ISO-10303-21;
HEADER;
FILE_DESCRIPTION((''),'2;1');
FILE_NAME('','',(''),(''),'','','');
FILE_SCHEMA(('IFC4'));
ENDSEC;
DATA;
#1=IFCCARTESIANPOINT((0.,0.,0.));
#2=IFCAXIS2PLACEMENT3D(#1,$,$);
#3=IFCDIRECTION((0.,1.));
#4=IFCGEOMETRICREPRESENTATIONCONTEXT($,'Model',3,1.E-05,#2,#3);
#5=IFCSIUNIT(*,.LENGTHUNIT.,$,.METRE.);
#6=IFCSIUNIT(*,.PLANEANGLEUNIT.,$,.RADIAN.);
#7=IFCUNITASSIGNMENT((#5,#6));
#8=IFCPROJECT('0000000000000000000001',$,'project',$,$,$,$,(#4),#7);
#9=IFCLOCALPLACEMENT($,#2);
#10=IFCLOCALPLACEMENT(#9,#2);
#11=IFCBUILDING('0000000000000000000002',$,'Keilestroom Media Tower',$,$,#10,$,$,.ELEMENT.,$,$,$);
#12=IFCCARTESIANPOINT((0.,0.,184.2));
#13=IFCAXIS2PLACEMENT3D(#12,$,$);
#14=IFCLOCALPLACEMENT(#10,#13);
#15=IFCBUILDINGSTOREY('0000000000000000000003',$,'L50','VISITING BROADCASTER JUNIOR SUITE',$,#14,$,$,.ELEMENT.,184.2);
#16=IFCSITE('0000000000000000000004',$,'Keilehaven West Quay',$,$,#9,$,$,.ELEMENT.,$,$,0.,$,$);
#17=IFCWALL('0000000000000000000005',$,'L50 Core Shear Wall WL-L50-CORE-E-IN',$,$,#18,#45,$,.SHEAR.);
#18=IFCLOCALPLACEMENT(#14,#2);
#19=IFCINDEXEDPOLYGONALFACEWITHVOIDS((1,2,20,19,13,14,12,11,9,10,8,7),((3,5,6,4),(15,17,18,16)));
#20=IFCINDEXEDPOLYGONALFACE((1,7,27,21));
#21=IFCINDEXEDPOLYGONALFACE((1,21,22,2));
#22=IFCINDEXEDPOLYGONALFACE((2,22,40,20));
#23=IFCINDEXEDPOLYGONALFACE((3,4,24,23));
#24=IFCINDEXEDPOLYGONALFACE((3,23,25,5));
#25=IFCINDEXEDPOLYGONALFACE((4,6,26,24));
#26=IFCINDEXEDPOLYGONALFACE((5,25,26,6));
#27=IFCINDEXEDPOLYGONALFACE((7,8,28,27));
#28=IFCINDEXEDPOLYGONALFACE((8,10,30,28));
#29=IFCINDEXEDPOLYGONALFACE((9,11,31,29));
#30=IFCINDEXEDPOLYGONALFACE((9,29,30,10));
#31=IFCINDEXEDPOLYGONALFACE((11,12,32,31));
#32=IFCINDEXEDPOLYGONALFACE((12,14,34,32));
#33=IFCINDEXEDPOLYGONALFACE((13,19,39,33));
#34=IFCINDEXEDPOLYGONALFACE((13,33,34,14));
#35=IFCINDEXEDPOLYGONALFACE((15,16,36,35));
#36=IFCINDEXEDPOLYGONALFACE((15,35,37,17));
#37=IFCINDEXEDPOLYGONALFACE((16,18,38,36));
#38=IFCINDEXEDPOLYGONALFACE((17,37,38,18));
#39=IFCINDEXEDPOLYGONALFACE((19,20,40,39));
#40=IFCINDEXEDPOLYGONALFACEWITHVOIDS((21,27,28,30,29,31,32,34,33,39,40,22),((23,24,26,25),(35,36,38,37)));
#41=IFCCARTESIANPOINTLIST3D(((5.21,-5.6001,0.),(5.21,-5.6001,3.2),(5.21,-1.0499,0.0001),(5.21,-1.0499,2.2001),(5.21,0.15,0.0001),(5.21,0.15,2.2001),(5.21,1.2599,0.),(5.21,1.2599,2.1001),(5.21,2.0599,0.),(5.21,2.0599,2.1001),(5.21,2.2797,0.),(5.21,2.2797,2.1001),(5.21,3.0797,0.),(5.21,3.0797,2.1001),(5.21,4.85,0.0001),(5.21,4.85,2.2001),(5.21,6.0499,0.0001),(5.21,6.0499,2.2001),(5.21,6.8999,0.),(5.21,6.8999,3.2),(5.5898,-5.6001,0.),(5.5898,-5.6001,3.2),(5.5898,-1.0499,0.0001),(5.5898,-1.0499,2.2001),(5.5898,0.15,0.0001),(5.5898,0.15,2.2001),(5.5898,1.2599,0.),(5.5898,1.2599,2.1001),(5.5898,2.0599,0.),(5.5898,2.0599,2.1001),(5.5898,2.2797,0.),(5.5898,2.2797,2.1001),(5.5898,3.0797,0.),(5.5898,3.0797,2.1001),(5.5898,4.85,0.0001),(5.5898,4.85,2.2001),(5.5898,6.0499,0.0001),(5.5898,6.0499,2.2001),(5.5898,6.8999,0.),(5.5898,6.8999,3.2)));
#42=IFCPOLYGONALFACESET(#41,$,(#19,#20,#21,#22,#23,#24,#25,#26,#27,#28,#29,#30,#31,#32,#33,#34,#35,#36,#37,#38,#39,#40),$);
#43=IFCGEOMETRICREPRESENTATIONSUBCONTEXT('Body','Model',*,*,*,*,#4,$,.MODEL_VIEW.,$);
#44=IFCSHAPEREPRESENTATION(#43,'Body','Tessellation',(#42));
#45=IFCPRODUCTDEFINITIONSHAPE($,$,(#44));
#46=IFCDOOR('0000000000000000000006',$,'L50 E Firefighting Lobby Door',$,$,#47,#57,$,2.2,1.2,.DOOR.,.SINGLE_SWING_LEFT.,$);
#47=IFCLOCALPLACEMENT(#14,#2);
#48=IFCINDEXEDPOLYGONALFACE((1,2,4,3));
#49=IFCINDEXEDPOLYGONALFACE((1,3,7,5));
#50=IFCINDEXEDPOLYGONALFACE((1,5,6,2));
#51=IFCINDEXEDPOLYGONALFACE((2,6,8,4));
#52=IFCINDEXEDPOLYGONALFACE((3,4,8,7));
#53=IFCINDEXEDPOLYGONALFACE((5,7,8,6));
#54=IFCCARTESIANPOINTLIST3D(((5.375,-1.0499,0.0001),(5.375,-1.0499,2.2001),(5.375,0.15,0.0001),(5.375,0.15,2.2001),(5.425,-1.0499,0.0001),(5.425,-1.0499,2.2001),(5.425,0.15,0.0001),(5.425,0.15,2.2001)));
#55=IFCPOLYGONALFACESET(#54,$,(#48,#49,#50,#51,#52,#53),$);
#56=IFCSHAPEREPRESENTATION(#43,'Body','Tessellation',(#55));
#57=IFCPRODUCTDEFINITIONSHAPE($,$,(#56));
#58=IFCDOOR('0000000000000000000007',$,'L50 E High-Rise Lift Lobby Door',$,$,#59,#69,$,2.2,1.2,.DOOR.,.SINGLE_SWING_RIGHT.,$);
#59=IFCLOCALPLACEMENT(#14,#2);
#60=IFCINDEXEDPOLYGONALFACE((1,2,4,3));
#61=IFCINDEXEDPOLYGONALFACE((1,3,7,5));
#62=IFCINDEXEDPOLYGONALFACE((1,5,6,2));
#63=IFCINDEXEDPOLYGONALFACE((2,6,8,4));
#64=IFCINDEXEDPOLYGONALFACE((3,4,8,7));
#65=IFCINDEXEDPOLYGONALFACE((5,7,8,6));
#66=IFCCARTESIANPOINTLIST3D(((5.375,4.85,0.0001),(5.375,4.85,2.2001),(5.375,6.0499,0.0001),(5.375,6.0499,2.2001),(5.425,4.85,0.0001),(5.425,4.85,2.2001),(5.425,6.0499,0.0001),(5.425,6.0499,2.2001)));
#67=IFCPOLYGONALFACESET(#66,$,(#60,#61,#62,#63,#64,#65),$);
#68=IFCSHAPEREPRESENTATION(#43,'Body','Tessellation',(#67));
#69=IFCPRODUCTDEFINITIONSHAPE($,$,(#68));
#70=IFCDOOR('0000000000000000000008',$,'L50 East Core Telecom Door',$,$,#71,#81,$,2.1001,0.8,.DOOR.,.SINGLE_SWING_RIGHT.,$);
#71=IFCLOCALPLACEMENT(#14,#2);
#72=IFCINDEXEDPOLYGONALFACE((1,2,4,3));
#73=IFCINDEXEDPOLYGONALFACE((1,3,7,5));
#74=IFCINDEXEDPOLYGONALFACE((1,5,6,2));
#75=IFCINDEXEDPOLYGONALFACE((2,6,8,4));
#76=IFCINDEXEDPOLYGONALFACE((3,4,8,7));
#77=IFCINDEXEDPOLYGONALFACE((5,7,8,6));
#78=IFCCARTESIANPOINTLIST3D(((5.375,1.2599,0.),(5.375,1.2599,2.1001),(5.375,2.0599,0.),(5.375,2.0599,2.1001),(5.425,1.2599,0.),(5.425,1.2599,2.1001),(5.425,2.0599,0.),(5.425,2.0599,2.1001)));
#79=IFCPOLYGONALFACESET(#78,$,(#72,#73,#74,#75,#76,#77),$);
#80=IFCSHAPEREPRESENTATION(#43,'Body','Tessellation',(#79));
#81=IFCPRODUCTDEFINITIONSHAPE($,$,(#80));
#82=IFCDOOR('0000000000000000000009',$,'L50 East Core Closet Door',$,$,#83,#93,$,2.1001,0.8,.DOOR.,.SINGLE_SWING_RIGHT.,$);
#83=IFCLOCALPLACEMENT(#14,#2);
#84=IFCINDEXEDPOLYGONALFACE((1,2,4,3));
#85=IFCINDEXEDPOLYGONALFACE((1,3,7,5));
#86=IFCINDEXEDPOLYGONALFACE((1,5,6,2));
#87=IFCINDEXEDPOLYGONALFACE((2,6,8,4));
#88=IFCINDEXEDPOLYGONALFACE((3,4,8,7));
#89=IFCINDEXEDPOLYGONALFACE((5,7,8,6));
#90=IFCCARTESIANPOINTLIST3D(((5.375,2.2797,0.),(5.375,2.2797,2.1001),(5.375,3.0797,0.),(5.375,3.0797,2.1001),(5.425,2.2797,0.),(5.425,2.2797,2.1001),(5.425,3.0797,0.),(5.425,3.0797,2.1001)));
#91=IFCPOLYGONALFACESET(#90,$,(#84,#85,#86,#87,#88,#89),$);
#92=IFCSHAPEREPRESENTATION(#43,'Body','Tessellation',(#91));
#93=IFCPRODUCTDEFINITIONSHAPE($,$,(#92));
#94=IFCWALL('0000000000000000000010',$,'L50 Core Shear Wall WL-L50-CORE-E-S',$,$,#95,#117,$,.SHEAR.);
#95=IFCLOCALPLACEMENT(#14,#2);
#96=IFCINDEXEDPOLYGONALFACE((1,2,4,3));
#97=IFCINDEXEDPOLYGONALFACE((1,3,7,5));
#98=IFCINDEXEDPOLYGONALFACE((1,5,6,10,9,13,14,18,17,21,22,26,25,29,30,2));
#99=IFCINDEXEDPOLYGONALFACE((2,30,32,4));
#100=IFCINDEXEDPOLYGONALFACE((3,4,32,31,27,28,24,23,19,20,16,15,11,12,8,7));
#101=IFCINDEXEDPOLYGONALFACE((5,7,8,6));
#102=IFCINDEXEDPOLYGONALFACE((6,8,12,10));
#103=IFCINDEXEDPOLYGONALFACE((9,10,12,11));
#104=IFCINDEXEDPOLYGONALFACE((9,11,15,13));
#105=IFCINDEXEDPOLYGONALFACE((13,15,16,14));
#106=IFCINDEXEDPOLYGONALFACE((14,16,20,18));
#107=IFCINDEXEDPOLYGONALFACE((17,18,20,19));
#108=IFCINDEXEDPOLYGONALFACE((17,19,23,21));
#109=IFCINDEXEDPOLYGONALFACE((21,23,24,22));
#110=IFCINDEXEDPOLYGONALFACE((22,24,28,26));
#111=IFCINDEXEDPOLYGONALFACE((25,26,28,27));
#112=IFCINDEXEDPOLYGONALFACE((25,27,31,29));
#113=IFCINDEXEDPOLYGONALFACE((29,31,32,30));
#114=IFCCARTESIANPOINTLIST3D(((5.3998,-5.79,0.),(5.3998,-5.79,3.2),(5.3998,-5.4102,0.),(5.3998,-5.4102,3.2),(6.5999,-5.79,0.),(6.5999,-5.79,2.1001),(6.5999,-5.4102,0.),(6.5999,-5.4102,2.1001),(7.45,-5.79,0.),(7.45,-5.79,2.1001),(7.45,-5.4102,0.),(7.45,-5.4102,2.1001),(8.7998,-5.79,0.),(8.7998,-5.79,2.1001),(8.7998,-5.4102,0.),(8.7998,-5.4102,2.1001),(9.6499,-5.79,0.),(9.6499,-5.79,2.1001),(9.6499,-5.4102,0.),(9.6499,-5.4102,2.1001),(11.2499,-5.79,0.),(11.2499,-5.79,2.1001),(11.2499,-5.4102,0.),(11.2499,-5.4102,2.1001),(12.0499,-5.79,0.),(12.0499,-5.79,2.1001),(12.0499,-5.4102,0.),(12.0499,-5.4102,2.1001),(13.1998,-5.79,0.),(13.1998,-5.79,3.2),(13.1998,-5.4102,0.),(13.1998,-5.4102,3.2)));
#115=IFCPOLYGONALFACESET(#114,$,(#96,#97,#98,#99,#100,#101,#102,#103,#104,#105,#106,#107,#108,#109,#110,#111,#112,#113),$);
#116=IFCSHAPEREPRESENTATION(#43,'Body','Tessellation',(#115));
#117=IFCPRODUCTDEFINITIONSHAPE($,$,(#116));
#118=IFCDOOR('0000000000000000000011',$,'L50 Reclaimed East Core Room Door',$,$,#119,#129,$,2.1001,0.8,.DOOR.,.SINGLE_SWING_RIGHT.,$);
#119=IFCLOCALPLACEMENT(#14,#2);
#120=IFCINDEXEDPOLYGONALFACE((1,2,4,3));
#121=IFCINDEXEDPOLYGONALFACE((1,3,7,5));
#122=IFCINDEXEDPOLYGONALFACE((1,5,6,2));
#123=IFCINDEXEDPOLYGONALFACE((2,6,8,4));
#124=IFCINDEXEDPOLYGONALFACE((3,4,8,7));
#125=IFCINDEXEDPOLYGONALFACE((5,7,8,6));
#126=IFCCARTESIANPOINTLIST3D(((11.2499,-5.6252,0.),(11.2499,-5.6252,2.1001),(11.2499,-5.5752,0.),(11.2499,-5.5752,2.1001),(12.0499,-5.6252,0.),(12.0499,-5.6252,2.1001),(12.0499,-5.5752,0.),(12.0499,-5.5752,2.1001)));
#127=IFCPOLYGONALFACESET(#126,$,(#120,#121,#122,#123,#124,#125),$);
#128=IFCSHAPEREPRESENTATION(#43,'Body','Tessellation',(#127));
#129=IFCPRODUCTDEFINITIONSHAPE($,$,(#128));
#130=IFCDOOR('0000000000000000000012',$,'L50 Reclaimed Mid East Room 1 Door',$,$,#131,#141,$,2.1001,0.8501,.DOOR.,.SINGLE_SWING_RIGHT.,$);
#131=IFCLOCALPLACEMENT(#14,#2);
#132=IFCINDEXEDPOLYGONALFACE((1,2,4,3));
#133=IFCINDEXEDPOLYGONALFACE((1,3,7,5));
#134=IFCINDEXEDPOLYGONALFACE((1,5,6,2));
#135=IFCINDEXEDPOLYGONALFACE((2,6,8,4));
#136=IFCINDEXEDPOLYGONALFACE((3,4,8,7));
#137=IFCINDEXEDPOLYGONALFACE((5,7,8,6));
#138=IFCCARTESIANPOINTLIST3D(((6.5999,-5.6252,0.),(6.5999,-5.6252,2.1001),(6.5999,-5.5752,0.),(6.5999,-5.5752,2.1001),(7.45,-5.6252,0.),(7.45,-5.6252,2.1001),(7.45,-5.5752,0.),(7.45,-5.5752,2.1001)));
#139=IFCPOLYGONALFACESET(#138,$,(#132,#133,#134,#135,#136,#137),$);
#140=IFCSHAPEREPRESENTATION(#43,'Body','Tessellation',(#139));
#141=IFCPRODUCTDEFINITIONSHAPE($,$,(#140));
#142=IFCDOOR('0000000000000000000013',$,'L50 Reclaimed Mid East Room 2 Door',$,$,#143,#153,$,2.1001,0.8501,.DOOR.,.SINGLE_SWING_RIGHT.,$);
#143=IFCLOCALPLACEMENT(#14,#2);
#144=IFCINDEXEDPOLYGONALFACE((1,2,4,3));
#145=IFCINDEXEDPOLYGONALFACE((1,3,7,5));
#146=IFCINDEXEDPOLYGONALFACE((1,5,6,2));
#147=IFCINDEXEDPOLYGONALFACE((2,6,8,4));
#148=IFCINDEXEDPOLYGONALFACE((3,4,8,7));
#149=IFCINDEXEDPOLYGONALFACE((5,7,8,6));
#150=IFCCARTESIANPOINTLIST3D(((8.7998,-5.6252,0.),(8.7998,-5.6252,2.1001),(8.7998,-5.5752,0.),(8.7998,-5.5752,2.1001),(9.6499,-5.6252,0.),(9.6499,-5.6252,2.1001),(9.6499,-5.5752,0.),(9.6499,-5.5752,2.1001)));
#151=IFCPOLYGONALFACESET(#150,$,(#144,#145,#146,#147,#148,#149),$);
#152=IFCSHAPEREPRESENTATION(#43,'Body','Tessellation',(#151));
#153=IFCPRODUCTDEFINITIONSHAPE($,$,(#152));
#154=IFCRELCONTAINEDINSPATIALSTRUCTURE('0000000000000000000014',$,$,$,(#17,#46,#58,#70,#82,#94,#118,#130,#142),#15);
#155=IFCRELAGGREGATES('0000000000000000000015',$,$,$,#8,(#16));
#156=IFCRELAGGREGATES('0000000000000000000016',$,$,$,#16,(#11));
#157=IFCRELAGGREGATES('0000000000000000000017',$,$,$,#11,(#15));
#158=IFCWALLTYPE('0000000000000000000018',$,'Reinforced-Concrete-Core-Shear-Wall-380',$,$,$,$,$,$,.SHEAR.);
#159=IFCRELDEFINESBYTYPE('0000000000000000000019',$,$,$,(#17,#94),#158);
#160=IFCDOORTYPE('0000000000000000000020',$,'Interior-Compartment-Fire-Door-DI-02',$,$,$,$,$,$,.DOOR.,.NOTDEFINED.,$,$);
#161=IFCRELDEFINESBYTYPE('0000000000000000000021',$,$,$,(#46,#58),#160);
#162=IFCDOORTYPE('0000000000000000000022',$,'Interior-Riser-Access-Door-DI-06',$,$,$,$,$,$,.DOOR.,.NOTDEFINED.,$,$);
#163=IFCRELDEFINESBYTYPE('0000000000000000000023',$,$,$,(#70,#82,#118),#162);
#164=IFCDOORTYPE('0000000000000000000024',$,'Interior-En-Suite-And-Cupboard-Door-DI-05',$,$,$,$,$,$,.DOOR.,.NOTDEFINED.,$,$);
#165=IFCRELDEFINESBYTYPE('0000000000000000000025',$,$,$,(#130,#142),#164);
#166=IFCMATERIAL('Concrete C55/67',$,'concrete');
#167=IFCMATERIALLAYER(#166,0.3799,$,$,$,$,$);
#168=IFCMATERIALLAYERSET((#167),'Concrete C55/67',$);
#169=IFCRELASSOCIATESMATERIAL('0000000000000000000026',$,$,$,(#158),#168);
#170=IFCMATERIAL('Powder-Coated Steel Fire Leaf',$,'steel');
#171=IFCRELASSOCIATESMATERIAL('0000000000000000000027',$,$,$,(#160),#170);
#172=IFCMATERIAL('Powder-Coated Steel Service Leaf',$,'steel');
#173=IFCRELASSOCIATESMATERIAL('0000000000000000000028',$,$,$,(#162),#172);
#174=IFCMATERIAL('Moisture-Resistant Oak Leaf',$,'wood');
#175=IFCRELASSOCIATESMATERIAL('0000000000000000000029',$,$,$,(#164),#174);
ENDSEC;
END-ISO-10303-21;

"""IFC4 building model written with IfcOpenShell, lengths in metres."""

from ifc_helpers import new_model, si_unit, direction, frame, frame_2d, origin, place, context, subcontext, project, spatial, rectangle, extrude, source, transform, mapped, material, layer, layer_set, type_object, element, fill, save


model = new_model("IFC4")

# Units and contexts
model_context = context("Model", 3, precision=1e-05, world=origin(), true_north=direction((0.0, 1.0)))
body_context = subcontext(model_context, "Body", "Model", "MODEL_VIEW")
ifc_project = project(units=[si_unit("LENGTHUNIT", "METRE"), si_unit("PLANEANGLEUNIT", "RADIAN")], contexts=[model_context])

# Site, building, storey
site_placement = place(None, origin())
site = spatial("IfcSite", under=ifc_project, at=site_placement, Name="Keilehaven West Quay", CompositionType="ELEMENT", RefElevation=0.0)
building_placement = place(site_placement, origin())
building = spatial("IfcBuilding", under=site, at=building_placement, Name="Keilestroom Media Tower", CompositionType="ELEMENT")
storey_placement = place(building_placement, frame((0.0, 0.0, 184.2)))
storey = spatial("IfcBuildingStorey", under=building, at=storey_placement, Name="L50", Description="VISITING BROADCASTER JUNIOR SUITE", CompositionType="ELEMENT", Elevation=184.2)

# Walls, openings, doors
ifc_material_1 = material(Name="Concrete C55/67", Category="concrete")
ifc_layer_1 = layer(ifc_material_1, 0.3799)
ifc_layer_set_1 = layer_set([ifc_layer_1], Name="Concrete C55/67")
wall_type_1 = type_object("IfcWallType", Name="Reinforced-Concrete-Core-Shear-Wall-380", PredefinedType="SHEAR", material=ifc_layer_set_1)
wall_1_placement = place(storey_placement, frame((5.3999, -5.6001, 0.0), z_axis=(0.0, 0.0, 1.0), x_axis=(0.0, 1.0, 0.0)))
wall_1 = element("IfcWall", 1, at=wall_1_placement, inside=storey, type_object=wall_type_1, Name="L50 Core Shear Wall WL-L50-CORE-E-IN", PredefinedType="SHEAR", context=body_context, shape_type="SweptSolid", body=[
    extrude(rectangle(XDim=12.5, YDim=0.3799, at=frame_2d((6.25, 0.0))), origin(), (0.0, 0.0, 1.0), 3.2),
])
opening_1_placement = place(wall_1_placement, frame((4.55, 0.0, 0.0)))
opening_1 = element("IfcOpeningElement", 2, at=opening_1_placement, cuts=wall_1, PredefinedType="OPENING", context=body_context, shape_type="SweptSolid", body=[
    extrude(rectangle(XDim=1.2, YDim=2.2, at=frame_2d((0.6001, 1.1001))), frame((0.0, 0.2, 0.0), z_axis=(0.0, -1.0, 0.0), x_axis=(1.0, 0.0, 0.0)), (0.0, 0.0, 1.0), 0.3999),
])
opening_2_placement = place(wall_1_placement, frame((10.45, 0.0, 0.0)))
opening_2 = element("IfcOpeningElement", 3, at=opening_2_placement, cuts=wall_1, PredefinedType="OPENING", context=body_context, shape_type="SweptSolid", body=[
    extrude(rectangle(XDim=1.2, YDim=2.2, at=frame_2d((0.6001, 1.1001))), frame((0.0, 0.2, 0.0), z_axis=(0.0, -1.0, 0.0), x_axis=(1.0, 0.0, 0.0)), (0.0, 0.0, 1.0), 0.3999),
])
opening_3_placement = place(wall_1_placement, frame((6.8601, 0.0, 0.0)))
opening_3 = element("IfcOpeningElement", 4, at=opening_3_placement, cuts=wall_1, PredefinedType="OPENING", context=body_context, shape_type="SweptSolid", body=[
    extrude(rectangle(XDim=0.8, YDim=2.1001, at=frame_2d((0.3999, 1.05))), frame((0.0, 0.2, 0.0), z_axis=(0.0, -1.0, 0.0), x_axis=(1.0, 0.0, 0.0)), (0.0, 0.0, 1.0), 0.3999),
])
opening_4_placement = place(wall_1_placement, frame((7.8799, 0.0, 0.0)))
opening_4 = element("IfcOpeningElement", 5, at=opening_4_placement, cuts=wall_1, PredefinedType="OPENING", context=body_context, shape_type="SweptSolid", body=[
    extrude(rectangle(XDim=0.8, YDim=2.1001, at=frame_2d((0.3999, 1.05))), frame((0.0, 0.2, 0.0), z_axis=(0.0, -1.0, 0.0), x_axis=(1.0, 0.0, 0.0)), (0.0, 0.0, 1.0), 0.3999),
])
ifc_material_2 = material(Name="Powder-Coated Steel Fire Leaf", Category="steel")
door_type_1 = type_object("IfcDoorType", Name="Interior-Compartment-Fire-Door-DI-02", OperationType="NOTDEFINED", PredefinedType="DOOR", material=ifc_material_2)
shared_shape_1 = source(origin(), body_context, "Body", "SweptSolid", [
    extrude(rectangle(XDim=1.2, YDim=2.2, at=frame_2d((0.6001, 1.1001))), frame((0.0, 0.0249, 0.0), z_axis=(0.0, -1.0, 0.0), x_axis=(1.0, 0.0, 0.0)), (0.0, 0.0, 1.0), 0.05),
])
door_1_placement = place(opening_1_placement, origin())
door_1 = element("IfcDoor", 6, at=door_1_placement, inside=storey, type_object=door_type_1, Name="L50 E Firefighting Lobby Door", OperationType="SINGLE_SWING_LEFT", OverallHeight=2.2, OverallWidth=1.2, PredefinedType="DOOR", context=body_context, shape_type="MappedRepresentation", body=[
    mapped(shared_shape_1, transform((0.0, 0.0, 0.0), x_axis=(1.0, 0.0, 0.0), y_axis=(0.0, 1.0, 0.0), z_axis=(0.0, 0.0, 1.0), scale=1.0)),
])
fill(opening_1, door_1)
door_2_placement = place(opening_2_placement, origin())
door_2 = element("IfcDoor", 7, at=door_2_placement, inside=storey, type_object=door_type_1, Name="L50 E High-Rise Lift Lobby Door", OperationType="SINGLE_SWING_RIGHT", OverallHeight=2.2, OverallWidth=1.2, PredefinedType="DOOR", context=body_context, shape_type="MappedRepresentation", body=[
    mapped(shared_shape_1, transform((0.0, 0.0, 0.0), x_axis=(1.0, 0.0, 0.0), y_axis=(0.0, 1.0, 0.0), z_axis=(0.0, 0.0, 1.0), scale=1.0)),
])
fill(opening_2, door_2)
ifc_material_3 = material(Name="Powder-Coated Steel Service Leaf", Category="steel")
door_type_2 = type_object("IfcDoorType", Name="Interior-Riser-Access-Door-DI-06", OperationType="NOTDEFINED", PredefinedType="DOOR", material=ifc_material_3)
shared_shape_2 = source(origin(), body_context, "Body", "SweptSolid", [
    extrude(rectangle(XDim=0.8, YDim=2.1001, at=frame_2d((0.3999, 1.05))), frame((0.0, 0.0249, 0.0), z_axis=(0.0, -1.0, 0.0), x_axis=(1.0, 0.0, 0.0)), (0.0, 0.0, 1.0), 0.05),
])
door_3_placement = place(opening_3_placement, origin())
door_3 = element("IfcDoor", 8, at=door_3_placement, inside=storey, type_object=door_type_2, Name="L50 East Core Telecom Door", OperationType="SINGLE_SWING_RIGHT", OverallHeight=2.1001, OverallWidth=0.8, PredefinedType="DOOR", context=body_context, shape_type="MappedRepresentation", body=[
    mapped(shared_shape_2, transform((0.0, 0.0, 0.0), x_axis=(1.0, 0.0, 0.0), y_axis=(0.0, 1.0, 0.0), z_axis=(0.0, 0.0, 1.0), scale=1.0)),
])
fill(opening_3, door_3)
door_4_placement = place(opening_4_placement, origin())
door_4 = element("IfcDoor", 9, at=door_4_placement, inside=storey, type_object=door_type_2, Name="L50 East Core Closet Door", OperationType="SINGLE_SWING_RIGHT", OverallHeight=2.1001, OverallWidth=0.8, PredefinedType="DOOR", context=body_context, shape_type="MappedRepresentation", body=[
    mapped(shared_shape_2, transform((0.0, 0.0, 0.0), x_axis=(1.0, 0.0, 0.0), y_axis=(0.0, 1.0, 0.0), z_axis=(0.0, 0.0, 1.0), scale=1.0)),
])
fill(opening_4, door_4)
wall_2_placement = place(storey_placement, frame((5.3999, -5.6001, 0.0), z_axis=(0.0, 0.0, 1.0), x_axis=(1.0, 0.0, 0.0)))
wall_2 = element("IfcWall", 10, at=wall_2_placement, inside=storey, type_object=wall_type_1, Name="L50 Core Shear Wall WL-L50-CORE-E-S", PredefinedType="SHEAR", context=body_context, shape_type="SweptSolid", body=[
    extrude(rectangle(XDim=7.8, YDim=0.3799, at=frame_2d((3.8999, 0.0))), origin(), (0.0, 0.0, 1.0), 3.2),
])
opening_5_placement = place(wall_2_placement, frame((5.8501, 0.0, 0.0)))
opening_5 = element("IfcOpeningElement", 11, at=opening_5_placement, cuts=wall_2, PredefinedType="OPENING", context=body_context, shape_type="SweptSolid", body=[
    extrude(rectangle(XDim=0.8, YDim=2.1001, at=frame_2d((0.3999, 1.05))), frame((0.0, 0.2, 0.0), z_axis=(0.0, -1.0, 0.0), x_axis=(1.0, 0.0, 0.0)), (0.0, 0.0, 1.0), 0.3999),
])
opening_6_placement = place(wall_2_placement, frame((1.2, 0.0, 0.0)))
opening_6 = element("IfcOpeningElement", 12, at=opening_6_placement, cuts=wall_2, PredefinedType="OPENING", context=body_context, shape_type="SweptSolid", body=[
    extrude(rectangle(XDim=0.8501, YDim=2.1001, at=frame_2d((0.425, 1.05))), frame((0.0, 0.2, 0.0), z_axis=(0.0, -1.0, 0.0), x_axis=(1.0, 0.0, 0.0)), (0.0, 0.0, 1.0), 0.3999),
])
opening_7_placement = place(wall_2_placement, frame((3.3999, 0.0, 0.0)))
opening_7 = element("IfcOpeningElement", 13, at=opening_7_placement, cuts=wall_2, PredefinedType="OPENING", context=body_context, shape_type="SweptSolid", body=[
    extrude(rectangle(XDim=0.8501, YDim=2.1001, at=frame_2d((0.425, 1.05))), frame((0.0, 0.2, 0.0), z_axis=(0.0, -1.0, 0.0), x_axis=(1.0, 0.0, 0.0)), (0.0, 0.0, 1.0), 0.3999),
])
door_5_placement = place(opening_5_placement, origin())
door_5 = element("IfcDoor", 14, at=door_5_placement, inside=storey, type_object=door_type_2, Name="L50 Reclaimed East Core Room Door", OperationType="SINGLE_SWING_RIGHT", OverallHeight=2.1001, OverallWidth=0.8, PredefinedType="DOOR", context=body_context, shape_type="MappedRepresentation", body=[
    mapped(shared_shape_2, transform((0.0, 0.0, 0.0), x_axis=(1.0, 0.0, 0.0), y_axis=(0.0, 1.0, 0.0), z_axis=(0.0, 0.0, 1.0), scale=1.0)),
])
fill(opening_5, door_5)
ifc_material_4 = material(Name="Moisture-Resistant Oak Leaf", Category="wood")
door_type_3 = type_object("IfcDoorType", Name="Interior-En-Suite-And-Cupboard-Door-DI-05", OperationType="NOTDEFINED", PredefinedType="DOOR", material=ifc_material_4)
shared_shape_3 = source(origin(), body_context, "Body", "SweptSolid", [
    extrude(rectangle(XDim=0.8501, YDim=2.1001, at=frame_2d((0.425, 1.05))), frame((0.0, 0.0249, 0.0), z_axis=(0.0, -1.0, 0.0), x_axis=(1.0, 0.0, 0.0)), (0.0, 0.0, 1.0), 0.05),
])
door_6_placement = place(opening_6_placement, origin())
door_6 = element("IfcDoor", 15, at=door_6_placement, inside=storey, type_object=door_type_3, Name="L50 Reclaimed Mid East Room 1 Door", OperationType="SINGLE_SWING_RIGHT", OverallHeight=2.1001, OverallWidth=0.8501, PredefinedType="DOOR", context=body_context, shape_type="MappedRepresentation", body=[
    mapped(shared_shape_3, transform((0.0, 0.0, 0.0), x_axis=(1.0, 0.0, 0.0), y_axis=(0.0, 1.0, 0.0), z_axis=(0.0, 0.0, 1.0), scale=1.0)),
])
fill(opening_6, door_6)
door_7_placement = place(opening_7_placement, origin())
door_7 = element("IfcDoor", 16, at=door_7_placement, inside=storey, type_object=door_type_3, Name="L50 Reclaimed Mid East Room 2 Door", OperationType="SINGLE_SWING_RIGHT", OverallHeight=2.1001, OverallWidth=0.8501, PredefinedType="DOOR", context=body_context, shape_type="MappedRepresentation", body=[
    mapped(shared_shape_3, transform((0.0, 0.0, 0.0), x_axis=(1.0, 0.0, 0.0), y_axis=(0.0, 1.0, 0.0), z_axis=(0.0, 0.0, 1.0), scale=1.0)),
])
fill(opening_7, door_7)

save(model, "model.ifc")
